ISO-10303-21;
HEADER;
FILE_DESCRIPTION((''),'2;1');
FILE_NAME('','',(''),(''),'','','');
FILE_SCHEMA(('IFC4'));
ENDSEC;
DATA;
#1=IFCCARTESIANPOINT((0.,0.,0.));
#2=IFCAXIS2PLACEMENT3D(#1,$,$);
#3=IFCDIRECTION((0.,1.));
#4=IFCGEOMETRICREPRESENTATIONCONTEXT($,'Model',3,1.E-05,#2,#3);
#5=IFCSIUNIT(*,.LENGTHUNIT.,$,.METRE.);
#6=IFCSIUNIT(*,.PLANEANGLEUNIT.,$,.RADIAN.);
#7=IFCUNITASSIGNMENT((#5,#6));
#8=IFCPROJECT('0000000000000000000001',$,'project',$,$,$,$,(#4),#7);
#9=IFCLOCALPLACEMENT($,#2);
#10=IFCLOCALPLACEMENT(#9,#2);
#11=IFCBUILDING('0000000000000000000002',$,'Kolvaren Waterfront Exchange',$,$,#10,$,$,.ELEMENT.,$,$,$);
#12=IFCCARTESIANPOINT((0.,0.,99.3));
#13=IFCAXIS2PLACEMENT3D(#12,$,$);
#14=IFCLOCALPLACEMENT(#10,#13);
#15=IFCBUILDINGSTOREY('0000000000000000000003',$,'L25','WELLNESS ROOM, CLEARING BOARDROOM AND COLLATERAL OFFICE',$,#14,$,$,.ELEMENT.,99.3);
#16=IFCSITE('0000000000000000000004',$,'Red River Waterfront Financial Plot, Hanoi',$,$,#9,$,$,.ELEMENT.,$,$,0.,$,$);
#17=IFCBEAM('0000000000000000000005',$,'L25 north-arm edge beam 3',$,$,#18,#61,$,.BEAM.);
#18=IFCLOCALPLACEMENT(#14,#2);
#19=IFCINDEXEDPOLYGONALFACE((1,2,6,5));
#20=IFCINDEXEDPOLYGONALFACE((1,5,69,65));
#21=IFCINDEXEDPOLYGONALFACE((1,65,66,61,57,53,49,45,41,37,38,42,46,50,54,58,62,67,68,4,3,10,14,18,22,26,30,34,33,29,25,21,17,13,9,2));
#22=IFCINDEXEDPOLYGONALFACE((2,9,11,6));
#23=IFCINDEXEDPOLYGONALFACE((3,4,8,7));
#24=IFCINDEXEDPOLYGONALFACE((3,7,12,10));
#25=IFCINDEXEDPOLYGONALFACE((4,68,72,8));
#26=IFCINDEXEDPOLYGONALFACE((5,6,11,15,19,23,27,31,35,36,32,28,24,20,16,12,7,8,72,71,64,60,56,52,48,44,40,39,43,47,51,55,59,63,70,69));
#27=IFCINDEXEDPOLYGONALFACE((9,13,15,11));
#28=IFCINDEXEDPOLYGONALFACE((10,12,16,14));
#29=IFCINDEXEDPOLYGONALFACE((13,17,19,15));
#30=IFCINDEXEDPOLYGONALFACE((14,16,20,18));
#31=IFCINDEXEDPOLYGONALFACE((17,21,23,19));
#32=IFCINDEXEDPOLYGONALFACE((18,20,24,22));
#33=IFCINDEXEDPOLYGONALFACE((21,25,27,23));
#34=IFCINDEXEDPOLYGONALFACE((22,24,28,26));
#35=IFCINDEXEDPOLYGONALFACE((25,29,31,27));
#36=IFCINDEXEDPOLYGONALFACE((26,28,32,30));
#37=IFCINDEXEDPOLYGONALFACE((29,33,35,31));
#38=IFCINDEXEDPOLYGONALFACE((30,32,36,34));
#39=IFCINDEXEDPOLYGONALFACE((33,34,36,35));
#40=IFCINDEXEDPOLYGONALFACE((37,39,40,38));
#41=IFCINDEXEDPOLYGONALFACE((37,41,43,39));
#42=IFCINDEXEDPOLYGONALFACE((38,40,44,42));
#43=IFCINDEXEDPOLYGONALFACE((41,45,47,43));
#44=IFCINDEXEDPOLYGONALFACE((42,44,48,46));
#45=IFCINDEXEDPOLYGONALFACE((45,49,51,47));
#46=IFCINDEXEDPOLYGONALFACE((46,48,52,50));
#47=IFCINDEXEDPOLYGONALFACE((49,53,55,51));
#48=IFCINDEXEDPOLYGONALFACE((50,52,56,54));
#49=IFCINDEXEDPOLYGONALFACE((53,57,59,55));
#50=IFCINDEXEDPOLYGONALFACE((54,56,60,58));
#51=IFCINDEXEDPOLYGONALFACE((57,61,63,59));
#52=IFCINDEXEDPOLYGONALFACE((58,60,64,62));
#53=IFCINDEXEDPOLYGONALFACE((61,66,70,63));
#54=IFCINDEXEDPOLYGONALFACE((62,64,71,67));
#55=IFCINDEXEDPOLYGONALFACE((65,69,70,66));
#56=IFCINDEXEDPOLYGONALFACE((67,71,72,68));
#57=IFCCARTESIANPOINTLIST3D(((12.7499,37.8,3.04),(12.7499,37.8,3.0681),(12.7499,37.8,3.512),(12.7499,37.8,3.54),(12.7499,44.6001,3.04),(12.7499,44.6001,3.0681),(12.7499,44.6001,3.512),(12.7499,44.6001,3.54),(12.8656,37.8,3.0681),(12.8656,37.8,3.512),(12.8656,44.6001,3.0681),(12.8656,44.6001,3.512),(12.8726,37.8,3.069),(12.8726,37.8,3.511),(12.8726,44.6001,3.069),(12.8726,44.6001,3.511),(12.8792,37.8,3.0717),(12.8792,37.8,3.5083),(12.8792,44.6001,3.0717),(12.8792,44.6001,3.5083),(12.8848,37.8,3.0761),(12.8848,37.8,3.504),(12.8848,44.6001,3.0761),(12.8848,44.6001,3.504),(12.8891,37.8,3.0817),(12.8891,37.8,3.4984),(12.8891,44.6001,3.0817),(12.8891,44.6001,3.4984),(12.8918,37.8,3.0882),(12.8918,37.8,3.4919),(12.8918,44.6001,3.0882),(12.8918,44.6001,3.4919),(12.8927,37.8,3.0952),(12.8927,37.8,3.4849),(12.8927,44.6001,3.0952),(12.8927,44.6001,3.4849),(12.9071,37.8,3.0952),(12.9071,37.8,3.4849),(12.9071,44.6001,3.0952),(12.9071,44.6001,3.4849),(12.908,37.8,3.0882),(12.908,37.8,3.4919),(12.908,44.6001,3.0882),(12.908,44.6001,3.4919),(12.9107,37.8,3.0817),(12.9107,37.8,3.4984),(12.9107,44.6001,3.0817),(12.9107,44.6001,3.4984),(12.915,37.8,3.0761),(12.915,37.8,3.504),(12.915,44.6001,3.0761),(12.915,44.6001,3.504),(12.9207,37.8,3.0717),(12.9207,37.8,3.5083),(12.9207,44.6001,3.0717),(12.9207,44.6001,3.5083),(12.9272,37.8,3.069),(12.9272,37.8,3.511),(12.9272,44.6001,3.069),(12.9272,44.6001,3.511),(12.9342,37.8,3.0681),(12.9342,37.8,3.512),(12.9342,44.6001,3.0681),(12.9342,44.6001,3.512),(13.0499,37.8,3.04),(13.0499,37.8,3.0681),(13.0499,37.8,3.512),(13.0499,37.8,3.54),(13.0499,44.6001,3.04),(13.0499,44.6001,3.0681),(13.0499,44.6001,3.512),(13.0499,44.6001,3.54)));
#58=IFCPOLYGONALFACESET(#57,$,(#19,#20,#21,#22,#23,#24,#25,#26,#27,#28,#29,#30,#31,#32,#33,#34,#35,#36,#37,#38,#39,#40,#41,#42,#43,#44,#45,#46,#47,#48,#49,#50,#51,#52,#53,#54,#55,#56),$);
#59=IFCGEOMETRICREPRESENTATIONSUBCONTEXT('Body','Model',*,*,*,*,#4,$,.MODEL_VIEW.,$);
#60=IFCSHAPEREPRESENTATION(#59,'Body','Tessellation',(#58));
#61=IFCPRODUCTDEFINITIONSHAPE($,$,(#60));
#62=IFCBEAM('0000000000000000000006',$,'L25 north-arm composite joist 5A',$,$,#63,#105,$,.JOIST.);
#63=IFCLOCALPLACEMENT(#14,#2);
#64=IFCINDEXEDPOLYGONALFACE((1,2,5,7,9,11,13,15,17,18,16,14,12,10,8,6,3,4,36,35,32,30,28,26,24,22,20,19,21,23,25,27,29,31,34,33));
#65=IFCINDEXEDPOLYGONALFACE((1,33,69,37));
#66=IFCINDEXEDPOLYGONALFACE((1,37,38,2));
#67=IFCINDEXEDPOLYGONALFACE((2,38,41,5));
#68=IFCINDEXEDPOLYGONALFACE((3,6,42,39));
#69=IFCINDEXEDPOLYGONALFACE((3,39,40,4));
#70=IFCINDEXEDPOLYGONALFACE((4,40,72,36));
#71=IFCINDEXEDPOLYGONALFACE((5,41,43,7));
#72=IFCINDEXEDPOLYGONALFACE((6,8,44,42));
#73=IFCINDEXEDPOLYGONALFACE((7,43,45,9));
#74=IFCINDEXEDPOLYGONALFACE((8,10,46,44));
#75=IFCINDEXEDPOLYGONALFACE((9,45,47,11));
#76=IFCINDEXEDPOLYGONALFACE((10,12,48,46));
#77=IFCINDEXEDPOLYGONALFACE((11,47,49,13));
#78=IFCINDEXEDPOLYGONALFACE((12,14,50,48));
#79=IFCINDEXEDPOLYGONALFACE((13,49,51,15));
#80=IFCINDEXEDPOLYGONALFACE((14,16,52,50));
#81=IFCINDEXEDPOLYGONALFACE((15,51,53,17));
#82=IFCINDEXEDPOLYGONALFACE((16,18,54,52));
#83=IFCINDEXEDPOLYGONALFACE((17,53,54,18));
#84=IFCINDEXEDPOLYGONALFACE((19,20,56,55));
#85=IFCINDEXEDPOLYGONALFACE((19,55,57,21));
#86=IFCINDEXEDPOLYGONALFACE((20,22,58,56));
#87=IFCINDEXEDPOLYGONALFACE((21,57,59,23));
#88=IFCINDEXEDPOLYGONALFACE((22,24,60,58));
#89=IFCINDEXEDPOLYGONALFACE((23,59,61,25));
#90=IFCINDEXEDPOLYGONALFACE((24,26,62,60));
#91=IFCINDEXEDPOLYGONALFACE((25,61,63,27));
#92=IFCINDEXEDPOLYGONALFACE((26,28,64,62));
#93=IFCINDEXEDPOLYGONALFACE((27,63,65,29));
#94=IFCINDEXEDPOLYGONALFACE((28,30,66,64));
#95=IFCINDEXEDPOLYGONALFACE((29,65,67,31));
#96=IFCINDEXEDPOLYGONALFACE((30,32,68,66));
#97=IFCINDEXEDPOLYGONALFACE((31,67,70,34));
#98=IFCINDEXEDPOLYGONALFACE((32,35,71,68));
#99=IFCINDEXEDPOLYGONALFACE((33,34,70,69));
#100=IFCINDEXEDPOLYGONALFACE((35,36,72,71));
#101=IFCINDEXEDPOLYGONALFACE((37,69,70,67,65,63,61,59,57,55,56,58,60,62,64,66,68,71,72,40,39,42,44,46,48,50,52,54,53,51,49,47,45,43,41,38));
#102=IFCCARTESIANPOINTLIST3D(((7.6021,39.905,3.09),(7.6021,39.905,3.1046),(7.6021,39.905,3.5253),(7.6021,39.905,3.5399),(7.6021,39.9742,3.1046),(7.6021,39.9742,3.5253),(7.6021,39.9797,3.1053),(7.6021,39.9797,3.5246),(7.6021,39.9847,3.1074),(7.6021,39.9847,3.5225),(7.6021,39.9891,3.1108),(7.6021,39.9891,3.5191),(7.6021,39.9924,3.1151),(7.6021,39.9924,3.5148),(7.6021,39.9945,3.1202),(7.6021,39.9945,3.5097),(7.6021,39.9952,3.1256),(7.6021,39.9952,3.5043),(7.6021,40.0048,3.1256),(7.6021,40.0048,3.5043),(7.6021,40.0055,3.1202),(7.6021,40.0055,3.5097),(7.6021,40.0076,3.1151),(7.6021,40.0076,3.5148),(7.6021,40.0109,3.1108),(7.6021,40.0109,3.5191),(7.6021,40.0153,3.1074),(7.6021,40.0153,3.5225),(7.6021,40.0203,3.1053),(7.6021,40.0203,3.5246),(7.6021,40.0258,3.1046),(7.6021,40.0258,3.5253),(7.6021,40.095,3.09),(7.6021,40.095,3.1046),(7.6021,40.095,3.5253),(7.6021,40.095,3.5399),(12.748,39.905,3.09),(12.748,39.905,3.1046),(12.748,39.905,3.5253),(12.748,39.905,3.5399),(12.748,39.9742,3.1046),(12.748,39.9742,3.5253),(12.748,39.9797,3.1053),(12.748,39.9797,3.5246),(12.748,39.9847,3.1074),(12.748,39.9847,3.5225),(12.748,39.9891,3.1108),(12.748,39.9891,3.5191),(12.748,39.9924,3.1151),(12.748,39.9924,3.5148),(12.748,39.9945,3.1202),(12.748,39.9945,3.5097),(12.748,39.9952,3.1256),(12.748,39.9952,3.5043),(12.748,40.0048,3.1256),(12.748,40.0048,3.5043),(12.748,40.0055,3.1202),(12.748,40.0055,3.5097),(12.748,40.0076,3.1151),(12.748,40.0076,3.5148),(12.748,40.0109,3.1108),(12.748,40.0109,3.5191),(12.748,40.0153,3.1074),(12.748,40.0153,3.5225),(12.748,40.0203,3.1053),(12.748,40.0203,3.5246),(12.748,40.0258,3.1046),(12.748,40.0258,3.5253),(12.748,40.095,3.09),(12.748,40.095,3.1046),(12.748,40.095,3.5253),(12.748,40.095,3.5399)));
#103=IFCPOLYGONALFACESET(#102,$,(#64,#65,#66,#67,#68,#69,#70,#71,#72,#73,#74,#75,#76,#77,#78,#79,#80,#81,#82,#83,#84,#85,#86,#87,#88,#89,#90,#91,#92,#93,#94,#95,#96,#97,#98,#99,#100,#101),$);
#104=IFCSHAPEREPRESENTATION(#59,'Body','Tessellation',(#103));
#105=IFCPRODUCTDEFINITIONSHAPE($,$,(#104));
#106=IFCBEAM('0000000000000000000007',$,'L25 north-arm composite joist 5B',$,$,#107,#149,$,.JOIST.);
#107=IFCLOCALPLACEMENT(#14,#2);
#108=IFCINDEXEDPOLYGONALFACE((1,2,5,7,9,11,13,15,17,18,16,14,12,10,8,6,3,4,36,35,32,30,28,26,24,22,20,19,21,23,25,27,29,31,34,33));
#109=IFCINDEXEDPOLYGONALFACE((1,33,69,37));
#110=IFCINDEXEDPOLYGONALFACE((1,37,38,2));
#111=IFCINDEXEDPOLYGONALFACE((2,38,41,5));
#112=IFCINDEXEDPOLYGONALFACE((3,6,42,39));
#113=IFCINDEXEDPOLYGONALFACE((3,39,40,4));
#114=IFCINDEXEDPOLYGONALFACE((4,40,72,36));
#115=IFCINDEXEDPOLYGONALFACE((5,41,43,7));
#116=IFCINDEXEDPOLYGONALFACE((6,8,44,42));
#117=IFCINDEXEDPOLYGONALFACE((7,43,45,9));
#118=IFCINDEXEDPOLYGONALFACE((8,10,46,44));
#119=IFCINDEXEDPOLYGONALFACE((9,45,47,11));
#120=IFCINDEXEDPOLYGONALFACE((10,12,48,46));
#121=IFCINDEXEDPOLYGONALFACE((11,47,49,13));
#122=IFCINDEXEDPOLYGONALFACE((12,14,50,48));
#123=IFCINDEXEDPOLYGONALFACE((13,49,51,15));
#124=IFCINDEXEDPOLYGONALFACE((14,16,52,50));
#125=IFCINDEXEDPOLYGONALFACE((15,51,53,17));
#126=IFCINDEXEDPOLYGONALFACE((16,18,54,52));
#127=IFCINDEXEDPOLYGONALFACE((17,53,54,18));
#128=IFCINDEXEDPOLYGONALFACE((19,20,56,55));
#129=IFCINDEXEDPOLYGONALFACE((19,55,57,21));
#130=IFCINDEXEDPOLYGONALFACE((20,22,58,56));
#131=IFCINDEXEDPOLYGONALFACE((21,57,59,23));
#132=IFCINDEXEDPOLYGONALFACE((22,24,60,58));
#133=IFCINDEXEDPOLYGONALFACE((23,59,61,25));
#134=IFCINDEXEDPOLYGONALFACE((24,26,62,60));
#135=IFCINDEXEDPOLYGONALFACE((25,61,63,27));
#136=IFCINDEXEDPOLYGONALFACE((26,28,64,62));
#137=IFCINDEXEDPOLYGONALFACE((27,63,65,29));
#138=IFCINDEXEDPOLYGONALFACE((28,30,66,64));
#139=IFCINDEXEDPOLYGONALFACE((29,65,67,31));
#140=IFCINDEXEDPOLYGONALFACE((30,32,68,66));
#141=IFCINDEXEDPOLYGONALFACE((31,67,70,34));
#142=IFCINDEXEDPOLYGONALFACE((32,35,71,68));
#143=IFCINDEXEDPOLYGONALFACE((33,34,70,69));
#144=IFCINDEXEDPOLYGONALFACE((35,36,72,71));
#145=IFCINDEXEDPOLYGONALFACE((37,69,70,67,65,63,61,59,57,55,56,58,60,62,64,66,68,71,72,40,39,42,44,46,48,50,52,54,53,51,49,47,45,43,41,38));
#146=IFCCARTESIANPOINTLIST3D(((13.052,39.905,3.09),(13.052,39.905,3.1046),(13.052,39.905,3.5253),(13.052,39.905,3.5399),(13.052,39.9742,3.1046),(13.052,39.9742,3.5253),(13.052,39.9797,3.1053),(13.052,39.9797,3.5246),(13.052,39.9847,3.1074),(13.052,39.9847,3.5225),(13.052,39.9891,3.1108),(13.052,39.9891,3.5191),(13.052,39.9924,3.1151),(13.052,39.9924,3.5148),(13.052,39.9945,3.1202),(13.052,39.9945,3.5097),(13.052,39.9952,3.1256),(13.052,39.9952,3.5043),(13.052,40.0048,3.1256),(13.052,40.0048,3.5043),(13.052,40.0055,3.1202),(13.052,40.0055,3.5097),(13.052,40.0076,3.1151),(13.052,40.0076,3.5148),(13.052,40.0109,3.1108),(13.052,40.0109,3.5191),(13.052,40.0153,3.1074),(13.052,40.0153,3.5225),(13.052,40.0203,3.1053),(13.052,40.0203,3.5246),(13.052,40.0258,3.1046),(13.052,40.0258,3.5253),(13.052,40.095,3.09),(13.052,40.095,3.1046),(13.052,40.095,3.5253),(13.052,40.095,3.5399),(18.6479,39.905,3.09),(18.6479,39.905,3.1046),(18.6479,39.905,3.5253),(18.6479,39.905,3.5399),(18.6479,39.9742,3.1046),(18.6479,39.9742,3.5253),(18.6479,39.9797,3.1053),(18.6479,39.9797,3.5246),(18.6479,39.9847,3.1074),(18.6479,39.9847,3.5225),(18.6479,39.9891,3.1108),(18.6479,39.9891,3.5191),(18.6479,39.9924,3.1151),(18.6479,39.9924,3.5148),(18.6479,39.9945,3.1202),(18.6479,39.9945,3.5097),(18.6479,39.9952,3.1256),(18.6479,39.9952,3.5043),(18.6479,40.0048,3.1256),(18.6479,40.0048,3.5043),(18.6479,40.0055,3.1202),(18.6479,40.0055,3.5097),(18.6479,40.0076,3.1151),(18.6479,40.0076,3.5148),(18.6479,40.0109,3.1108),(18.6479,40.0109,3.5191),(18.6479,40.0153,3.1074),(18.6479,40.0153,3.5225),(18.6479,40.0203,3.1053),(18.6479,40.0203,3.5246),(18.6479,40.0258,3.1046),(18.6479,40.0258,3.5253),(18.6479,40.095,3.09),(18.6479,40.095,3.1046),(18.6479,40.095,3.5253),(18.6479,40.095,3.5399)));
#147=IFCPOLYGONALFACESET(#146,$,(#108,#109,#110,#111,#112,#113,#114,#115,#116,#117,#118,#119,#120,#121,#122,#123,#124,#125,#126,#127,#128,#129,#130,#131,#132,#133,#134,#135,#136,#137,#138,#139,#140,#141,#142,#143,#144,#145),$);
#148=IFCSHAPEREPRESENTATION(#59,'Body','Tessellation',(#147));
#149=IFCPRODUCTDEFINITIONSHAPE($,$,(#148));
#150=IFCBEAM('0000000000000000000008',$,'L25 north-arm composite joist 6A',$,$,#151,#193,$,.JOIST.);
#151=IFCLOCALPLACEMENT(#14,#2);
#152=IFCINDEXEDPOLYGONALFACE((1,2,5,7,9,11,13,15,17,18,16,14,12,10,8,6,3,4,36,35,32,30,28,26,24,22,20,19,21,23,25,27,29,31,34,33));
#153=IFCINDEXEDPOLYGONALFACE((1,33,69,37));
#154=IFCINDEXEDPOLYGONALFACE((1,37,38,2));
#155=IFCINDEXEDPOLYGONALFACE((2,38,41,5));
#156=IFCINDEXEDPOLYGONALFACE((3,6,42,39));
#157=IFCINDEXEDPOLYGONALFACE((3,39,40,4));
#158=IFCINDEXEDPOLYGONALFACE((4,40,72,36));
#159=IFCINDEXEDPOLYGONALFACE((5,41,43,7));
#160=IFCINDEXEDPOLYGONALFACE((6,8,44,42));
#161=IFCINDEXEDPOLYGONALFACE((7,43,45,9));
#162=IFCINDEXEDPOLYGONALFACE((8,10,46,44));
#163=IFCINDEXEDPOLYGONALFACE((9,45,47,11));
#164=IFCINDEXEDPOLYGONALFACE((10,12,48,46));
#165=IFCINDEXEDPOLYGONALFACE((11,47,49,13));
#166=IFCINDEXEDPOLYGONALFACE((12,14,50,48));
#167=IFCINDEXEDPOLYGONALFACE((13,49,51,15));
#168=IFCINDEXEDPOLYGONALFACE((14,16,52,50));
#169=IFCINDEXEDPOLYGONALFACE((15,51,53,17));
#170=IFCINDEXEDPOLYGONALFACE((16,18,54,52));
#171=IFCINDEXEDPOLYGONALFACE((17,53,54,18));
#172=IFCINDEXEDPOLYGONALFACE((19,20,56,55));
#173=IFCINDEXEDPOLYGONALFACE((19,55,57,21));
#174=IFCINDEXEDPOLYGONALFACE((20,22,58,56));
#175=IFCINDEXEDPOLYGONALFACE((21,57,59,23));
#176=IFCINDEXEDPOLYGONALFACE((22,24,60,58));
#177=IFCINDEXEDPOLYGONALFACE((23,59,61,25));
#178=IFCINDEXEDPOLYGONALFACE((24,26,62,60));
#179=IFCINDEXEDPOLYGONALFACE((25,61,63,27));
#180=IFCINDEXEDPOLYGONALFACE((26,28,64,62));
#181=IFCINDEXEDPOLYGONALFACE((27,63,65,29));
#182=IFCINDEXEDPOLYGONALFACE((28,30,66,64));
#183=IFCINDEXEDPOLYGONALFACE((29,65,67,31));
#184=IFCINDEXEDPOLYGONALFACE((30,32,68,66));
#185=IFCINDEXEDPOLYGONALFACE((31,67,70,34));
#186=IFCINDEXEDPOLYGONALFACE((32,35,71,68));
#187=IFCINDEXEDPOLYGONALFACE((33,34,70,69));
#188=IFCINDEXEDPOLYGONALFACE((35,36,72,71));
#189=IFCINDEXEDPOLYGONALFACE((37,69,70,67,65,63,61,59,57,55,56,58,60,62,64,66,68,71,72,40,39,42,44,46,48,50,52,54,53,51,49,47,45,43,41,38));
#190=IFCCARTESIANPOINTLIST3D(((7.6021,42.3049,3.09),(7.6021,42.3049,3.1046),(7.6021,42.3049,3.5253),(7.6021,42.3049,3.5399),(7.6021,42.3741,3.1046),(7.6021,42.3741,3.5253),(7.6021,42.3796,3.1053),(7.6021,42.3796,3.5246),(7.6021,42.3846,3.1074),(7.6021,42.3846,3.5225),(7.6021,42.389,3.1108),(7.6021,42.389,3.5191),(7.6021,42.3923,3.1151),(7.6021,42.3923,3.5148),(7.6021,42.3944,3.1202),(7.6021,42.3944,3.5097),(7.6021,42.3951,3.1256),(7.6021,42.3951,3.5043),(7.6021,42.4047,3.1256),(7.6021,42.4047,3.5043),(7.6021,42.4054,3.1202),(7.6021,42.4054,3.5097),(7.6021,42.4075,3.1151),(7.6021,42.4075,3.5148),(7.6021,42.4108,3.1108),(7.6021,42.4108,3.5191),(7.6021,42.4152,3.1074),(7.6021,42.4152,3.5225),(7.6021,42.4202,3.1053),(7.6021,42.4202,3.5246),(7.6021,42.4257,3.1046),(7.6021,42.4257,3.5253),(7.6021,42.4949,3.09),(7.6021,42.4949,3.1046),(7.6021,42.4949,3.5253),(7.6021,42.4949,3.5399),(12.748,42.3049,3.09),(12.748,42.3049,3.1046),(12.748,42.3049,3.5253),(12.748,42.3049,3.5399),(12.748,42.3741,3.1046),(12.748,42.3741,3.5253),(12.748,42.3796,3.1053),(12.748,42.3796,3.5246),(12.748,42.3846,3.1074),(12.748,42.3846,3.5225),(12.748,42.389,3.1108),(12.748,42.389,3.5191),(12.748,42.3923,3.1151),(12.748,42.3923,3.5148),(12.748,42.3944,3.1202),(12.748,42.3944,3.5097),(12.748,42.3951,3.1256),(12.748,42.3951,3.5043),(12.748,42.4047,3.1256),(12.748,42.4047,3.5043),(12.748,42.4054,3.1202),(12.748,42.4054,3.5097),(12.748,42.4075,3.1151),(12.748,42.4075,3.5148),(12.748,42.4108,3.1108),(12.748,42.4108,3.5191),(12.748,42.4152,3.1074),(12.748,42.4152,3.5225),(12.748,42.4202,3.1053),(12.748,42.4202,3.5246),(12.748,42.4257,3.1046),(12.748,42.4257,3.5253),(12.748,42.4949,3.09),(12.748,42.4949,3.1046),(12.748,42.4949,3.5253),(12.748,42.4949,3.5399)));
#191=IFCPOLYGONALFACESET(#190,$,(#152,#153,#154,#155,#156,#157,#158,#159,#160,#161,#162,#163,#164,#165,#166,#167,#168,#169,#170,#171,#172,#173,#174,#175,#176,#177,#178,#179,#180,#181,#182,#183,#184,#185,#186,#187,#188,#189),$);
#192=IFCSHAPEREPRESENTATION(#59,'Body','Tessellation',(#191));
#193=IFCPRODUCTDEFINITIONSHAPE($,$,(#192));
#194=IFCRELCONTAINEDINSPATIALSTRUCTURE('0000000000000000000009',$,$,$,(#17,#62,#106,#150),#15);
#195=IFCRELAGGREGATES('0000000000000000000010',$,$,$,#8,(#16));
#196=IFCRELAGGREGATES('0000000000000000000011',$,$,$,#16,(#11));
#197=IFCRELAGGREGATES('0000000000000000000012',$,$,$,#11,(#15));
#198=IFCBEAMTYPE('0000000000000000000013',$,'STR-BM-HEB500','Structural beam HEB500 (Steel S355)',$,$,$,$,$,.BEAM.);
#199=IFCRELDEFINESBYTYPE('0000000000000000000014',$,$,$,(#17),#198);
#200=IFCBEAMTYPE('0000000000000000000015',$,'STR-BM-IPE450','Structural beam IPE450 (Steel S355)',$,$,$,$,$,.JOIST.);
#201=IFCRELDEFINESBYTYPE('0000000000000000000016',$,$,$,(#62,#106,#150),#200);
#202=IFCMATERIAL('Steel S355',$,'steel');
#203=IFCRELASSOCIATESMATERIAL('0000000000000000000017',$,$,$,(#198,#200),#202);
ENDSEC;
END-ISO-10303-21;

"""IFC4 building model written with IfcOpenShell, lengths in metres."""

from ifc_helpers import new_model, si_unit, direction, frame, origin, origin_2d, place, context, subcontext, project, spatial, i_section, extrude, material, material_profile, profile_set, type_object, element, save


model = new_model("IFC4")

# Units and contexts
model_context = context("Model", 3, precision=1e-05, world=origin(), true_north=direction((0.0, 1.0)))
body_context = subcontext(model_context, "Body", "Model", "MODEL_VIEW")
ifc_project = project(units=[si_unit("LENGTHUNIT", "METRE"), si_unit("PLANEANGLEUNIT", "RADIAN")], contexts=[model_context])

# Site, building, storey
site_placement = place(None, origin())
site = spatial("IfcSite", under=ifc_project, at=site_placement, Name="Red River Waterfront Financial Plot, Hanoi", CompositionType="ELEMENT", RefElevation=0.0)
building_placement = place(site_placement, origin())
building = spatial("IfcBuilding", under=site, at=building_placement, Name="Kolvaren Waterfront Exchange", CompositionType="ELEMENT")
storey_placement = place(building_placement, frame((0.0, 0.0, 99.3)))
storey = spatial("IfcBuildingStorey", under=building, at=storey_placement, Name="L25", Description="WELLNESS ROOM, CLEARING BOARDROOM AND COLLATERAL OFFICE", CompositionType="ELEMENT", Elevation=99.3)

# Beams
ifc_material_1 = material(Name="Steel S355", Category="steel")
ifc_material_profile_1 = material_profile(ifc_material_1, i_section(OverallWidth=0.3, OverallDepth=0.5, WebThickness=0.0144, FlangeThickness=0.0281, FilletRadius=0.0271, at=origin_2d()), Name="HEB500")
ifc_profile_set_1 = profile_set([ifc_material_profile_1], Name="Steel S355")
beam_type_1 = type_object("IfcBeamType", Name="STR-BM-HEB500", Description="Structural beam HEB500 (Steel S355)", PredefinedType="BEAM", material=ifc_profile_set_1)
beam_1_placement = place(storey_placement, frame((12.8999, 37.8, 3.29), z_axis=(0.0, 1.0, 0.0), x_axis=(-1.0, 0.0, 0.0)))
element("IfcBeam", 1, at=beam_1_placement, inside=storey, type_object=beam_type_1, Name="L25 north-arm edge beam 3", PredefinedType="BEAM", context=body_context, shape_type="SweptSolid", body=[
    extrude(i_section(OverallWidth=0.3, OverallDepth=0.5, WebThickness=0.0144, FlangeThickness=0.0281, FilletRadius=0.0271, at=origin_2d()), origin(), (0.0, 0.0, 1.0), 6.8),
])
ifc_material_profile_2 = material_profile(ifc_material_1, i_section(OverallWidth=0.1899, OverallDepth=0.45, WebThickness=0.0095, FlangeThickness=0.0146, FilletRadius=0.021, at=origin_2d()), Name="IPE450")
ifc_profile_set_2 = profile_set([ifc_material_profile_2], Name="Steel S355")
beam_type_2 = type_object("IfcBeamType", Name="STR-BM-IPE450", Description="Structural beam IPE450 (Steel S355)", PredefinedType="JOIST", material=ifc_profile_set_2)
beam_2_placement = place(storey_placement, frame((7.6021, 40.0, 3.3149), z_axis=(1.0, 0.0, 0.0), x_axis=(0.0, 1.0, 0.0)))
element("IfcBeam", 2, at=beam_2_placement, inside=storey, type_object=beam_type_2, Name="L25 north-arm composite joist 5A", PredefinedType="JOIST", context=body_context, shape_type="SweptSolid", body=[
    extrude(i_section(OverallWidth=0.1899, OverallDepth=0.45, WebThickness=0.0095, FlangeThickness=0.0146, FilletRadius=0.021, at=origin_2d()), origin(), (0.0, 0.0, 1.0), 5.146),
])
beam_3_placement = place(storey_placement, frame((13.052, 40.0, 3.3149), z_axis=(1.0, 0.0, 0.0), x_axis=(0.0, 1.0, 0.0)))
element("IfcBeam", 3, at=beam_3_placement, inside=storey, type_object=beam_type_2, Name="L25 north-arm composite joist 5B", PredefinedType="JOIST", context=body_context, shape_type="SweptSolid", body=[
    extrude(i_section(OverallWidth=0.1899, OverallDepth=0.45, WebThickness=0.0095, FlangeThickness=0.0146, FilletRadius=0.021, at=origin_2d()), origin(), (0.0, 0.0, 1.0), 5.5959),
])
beam_4_placement = place(storey_placement, frame((7.6021, 42.3999, 3.3149), z_axis=(1.0, 0.0, 0.0), x_axis=(0.0, 1.0, 0.0)))
element("IfcBeam", 4, at=beam_4_placement, inside=storey, type_object=beam_type_2, Name="L25 north-arm composite joist 6A", PredefinedType="JOIST", context=body_context, shape_type="SweptSolid", body=[
    extrude(i_section(OverallWidth=0.1899, OverallDepth=0.45, WebThickness=0.0095, FlangeThickness=0.0146, FilletRadius=0.021, at=origin_2d()), origin(), (0.0, 0.0, 1.0), 5.146),
])

save(model, "model.ifc")
